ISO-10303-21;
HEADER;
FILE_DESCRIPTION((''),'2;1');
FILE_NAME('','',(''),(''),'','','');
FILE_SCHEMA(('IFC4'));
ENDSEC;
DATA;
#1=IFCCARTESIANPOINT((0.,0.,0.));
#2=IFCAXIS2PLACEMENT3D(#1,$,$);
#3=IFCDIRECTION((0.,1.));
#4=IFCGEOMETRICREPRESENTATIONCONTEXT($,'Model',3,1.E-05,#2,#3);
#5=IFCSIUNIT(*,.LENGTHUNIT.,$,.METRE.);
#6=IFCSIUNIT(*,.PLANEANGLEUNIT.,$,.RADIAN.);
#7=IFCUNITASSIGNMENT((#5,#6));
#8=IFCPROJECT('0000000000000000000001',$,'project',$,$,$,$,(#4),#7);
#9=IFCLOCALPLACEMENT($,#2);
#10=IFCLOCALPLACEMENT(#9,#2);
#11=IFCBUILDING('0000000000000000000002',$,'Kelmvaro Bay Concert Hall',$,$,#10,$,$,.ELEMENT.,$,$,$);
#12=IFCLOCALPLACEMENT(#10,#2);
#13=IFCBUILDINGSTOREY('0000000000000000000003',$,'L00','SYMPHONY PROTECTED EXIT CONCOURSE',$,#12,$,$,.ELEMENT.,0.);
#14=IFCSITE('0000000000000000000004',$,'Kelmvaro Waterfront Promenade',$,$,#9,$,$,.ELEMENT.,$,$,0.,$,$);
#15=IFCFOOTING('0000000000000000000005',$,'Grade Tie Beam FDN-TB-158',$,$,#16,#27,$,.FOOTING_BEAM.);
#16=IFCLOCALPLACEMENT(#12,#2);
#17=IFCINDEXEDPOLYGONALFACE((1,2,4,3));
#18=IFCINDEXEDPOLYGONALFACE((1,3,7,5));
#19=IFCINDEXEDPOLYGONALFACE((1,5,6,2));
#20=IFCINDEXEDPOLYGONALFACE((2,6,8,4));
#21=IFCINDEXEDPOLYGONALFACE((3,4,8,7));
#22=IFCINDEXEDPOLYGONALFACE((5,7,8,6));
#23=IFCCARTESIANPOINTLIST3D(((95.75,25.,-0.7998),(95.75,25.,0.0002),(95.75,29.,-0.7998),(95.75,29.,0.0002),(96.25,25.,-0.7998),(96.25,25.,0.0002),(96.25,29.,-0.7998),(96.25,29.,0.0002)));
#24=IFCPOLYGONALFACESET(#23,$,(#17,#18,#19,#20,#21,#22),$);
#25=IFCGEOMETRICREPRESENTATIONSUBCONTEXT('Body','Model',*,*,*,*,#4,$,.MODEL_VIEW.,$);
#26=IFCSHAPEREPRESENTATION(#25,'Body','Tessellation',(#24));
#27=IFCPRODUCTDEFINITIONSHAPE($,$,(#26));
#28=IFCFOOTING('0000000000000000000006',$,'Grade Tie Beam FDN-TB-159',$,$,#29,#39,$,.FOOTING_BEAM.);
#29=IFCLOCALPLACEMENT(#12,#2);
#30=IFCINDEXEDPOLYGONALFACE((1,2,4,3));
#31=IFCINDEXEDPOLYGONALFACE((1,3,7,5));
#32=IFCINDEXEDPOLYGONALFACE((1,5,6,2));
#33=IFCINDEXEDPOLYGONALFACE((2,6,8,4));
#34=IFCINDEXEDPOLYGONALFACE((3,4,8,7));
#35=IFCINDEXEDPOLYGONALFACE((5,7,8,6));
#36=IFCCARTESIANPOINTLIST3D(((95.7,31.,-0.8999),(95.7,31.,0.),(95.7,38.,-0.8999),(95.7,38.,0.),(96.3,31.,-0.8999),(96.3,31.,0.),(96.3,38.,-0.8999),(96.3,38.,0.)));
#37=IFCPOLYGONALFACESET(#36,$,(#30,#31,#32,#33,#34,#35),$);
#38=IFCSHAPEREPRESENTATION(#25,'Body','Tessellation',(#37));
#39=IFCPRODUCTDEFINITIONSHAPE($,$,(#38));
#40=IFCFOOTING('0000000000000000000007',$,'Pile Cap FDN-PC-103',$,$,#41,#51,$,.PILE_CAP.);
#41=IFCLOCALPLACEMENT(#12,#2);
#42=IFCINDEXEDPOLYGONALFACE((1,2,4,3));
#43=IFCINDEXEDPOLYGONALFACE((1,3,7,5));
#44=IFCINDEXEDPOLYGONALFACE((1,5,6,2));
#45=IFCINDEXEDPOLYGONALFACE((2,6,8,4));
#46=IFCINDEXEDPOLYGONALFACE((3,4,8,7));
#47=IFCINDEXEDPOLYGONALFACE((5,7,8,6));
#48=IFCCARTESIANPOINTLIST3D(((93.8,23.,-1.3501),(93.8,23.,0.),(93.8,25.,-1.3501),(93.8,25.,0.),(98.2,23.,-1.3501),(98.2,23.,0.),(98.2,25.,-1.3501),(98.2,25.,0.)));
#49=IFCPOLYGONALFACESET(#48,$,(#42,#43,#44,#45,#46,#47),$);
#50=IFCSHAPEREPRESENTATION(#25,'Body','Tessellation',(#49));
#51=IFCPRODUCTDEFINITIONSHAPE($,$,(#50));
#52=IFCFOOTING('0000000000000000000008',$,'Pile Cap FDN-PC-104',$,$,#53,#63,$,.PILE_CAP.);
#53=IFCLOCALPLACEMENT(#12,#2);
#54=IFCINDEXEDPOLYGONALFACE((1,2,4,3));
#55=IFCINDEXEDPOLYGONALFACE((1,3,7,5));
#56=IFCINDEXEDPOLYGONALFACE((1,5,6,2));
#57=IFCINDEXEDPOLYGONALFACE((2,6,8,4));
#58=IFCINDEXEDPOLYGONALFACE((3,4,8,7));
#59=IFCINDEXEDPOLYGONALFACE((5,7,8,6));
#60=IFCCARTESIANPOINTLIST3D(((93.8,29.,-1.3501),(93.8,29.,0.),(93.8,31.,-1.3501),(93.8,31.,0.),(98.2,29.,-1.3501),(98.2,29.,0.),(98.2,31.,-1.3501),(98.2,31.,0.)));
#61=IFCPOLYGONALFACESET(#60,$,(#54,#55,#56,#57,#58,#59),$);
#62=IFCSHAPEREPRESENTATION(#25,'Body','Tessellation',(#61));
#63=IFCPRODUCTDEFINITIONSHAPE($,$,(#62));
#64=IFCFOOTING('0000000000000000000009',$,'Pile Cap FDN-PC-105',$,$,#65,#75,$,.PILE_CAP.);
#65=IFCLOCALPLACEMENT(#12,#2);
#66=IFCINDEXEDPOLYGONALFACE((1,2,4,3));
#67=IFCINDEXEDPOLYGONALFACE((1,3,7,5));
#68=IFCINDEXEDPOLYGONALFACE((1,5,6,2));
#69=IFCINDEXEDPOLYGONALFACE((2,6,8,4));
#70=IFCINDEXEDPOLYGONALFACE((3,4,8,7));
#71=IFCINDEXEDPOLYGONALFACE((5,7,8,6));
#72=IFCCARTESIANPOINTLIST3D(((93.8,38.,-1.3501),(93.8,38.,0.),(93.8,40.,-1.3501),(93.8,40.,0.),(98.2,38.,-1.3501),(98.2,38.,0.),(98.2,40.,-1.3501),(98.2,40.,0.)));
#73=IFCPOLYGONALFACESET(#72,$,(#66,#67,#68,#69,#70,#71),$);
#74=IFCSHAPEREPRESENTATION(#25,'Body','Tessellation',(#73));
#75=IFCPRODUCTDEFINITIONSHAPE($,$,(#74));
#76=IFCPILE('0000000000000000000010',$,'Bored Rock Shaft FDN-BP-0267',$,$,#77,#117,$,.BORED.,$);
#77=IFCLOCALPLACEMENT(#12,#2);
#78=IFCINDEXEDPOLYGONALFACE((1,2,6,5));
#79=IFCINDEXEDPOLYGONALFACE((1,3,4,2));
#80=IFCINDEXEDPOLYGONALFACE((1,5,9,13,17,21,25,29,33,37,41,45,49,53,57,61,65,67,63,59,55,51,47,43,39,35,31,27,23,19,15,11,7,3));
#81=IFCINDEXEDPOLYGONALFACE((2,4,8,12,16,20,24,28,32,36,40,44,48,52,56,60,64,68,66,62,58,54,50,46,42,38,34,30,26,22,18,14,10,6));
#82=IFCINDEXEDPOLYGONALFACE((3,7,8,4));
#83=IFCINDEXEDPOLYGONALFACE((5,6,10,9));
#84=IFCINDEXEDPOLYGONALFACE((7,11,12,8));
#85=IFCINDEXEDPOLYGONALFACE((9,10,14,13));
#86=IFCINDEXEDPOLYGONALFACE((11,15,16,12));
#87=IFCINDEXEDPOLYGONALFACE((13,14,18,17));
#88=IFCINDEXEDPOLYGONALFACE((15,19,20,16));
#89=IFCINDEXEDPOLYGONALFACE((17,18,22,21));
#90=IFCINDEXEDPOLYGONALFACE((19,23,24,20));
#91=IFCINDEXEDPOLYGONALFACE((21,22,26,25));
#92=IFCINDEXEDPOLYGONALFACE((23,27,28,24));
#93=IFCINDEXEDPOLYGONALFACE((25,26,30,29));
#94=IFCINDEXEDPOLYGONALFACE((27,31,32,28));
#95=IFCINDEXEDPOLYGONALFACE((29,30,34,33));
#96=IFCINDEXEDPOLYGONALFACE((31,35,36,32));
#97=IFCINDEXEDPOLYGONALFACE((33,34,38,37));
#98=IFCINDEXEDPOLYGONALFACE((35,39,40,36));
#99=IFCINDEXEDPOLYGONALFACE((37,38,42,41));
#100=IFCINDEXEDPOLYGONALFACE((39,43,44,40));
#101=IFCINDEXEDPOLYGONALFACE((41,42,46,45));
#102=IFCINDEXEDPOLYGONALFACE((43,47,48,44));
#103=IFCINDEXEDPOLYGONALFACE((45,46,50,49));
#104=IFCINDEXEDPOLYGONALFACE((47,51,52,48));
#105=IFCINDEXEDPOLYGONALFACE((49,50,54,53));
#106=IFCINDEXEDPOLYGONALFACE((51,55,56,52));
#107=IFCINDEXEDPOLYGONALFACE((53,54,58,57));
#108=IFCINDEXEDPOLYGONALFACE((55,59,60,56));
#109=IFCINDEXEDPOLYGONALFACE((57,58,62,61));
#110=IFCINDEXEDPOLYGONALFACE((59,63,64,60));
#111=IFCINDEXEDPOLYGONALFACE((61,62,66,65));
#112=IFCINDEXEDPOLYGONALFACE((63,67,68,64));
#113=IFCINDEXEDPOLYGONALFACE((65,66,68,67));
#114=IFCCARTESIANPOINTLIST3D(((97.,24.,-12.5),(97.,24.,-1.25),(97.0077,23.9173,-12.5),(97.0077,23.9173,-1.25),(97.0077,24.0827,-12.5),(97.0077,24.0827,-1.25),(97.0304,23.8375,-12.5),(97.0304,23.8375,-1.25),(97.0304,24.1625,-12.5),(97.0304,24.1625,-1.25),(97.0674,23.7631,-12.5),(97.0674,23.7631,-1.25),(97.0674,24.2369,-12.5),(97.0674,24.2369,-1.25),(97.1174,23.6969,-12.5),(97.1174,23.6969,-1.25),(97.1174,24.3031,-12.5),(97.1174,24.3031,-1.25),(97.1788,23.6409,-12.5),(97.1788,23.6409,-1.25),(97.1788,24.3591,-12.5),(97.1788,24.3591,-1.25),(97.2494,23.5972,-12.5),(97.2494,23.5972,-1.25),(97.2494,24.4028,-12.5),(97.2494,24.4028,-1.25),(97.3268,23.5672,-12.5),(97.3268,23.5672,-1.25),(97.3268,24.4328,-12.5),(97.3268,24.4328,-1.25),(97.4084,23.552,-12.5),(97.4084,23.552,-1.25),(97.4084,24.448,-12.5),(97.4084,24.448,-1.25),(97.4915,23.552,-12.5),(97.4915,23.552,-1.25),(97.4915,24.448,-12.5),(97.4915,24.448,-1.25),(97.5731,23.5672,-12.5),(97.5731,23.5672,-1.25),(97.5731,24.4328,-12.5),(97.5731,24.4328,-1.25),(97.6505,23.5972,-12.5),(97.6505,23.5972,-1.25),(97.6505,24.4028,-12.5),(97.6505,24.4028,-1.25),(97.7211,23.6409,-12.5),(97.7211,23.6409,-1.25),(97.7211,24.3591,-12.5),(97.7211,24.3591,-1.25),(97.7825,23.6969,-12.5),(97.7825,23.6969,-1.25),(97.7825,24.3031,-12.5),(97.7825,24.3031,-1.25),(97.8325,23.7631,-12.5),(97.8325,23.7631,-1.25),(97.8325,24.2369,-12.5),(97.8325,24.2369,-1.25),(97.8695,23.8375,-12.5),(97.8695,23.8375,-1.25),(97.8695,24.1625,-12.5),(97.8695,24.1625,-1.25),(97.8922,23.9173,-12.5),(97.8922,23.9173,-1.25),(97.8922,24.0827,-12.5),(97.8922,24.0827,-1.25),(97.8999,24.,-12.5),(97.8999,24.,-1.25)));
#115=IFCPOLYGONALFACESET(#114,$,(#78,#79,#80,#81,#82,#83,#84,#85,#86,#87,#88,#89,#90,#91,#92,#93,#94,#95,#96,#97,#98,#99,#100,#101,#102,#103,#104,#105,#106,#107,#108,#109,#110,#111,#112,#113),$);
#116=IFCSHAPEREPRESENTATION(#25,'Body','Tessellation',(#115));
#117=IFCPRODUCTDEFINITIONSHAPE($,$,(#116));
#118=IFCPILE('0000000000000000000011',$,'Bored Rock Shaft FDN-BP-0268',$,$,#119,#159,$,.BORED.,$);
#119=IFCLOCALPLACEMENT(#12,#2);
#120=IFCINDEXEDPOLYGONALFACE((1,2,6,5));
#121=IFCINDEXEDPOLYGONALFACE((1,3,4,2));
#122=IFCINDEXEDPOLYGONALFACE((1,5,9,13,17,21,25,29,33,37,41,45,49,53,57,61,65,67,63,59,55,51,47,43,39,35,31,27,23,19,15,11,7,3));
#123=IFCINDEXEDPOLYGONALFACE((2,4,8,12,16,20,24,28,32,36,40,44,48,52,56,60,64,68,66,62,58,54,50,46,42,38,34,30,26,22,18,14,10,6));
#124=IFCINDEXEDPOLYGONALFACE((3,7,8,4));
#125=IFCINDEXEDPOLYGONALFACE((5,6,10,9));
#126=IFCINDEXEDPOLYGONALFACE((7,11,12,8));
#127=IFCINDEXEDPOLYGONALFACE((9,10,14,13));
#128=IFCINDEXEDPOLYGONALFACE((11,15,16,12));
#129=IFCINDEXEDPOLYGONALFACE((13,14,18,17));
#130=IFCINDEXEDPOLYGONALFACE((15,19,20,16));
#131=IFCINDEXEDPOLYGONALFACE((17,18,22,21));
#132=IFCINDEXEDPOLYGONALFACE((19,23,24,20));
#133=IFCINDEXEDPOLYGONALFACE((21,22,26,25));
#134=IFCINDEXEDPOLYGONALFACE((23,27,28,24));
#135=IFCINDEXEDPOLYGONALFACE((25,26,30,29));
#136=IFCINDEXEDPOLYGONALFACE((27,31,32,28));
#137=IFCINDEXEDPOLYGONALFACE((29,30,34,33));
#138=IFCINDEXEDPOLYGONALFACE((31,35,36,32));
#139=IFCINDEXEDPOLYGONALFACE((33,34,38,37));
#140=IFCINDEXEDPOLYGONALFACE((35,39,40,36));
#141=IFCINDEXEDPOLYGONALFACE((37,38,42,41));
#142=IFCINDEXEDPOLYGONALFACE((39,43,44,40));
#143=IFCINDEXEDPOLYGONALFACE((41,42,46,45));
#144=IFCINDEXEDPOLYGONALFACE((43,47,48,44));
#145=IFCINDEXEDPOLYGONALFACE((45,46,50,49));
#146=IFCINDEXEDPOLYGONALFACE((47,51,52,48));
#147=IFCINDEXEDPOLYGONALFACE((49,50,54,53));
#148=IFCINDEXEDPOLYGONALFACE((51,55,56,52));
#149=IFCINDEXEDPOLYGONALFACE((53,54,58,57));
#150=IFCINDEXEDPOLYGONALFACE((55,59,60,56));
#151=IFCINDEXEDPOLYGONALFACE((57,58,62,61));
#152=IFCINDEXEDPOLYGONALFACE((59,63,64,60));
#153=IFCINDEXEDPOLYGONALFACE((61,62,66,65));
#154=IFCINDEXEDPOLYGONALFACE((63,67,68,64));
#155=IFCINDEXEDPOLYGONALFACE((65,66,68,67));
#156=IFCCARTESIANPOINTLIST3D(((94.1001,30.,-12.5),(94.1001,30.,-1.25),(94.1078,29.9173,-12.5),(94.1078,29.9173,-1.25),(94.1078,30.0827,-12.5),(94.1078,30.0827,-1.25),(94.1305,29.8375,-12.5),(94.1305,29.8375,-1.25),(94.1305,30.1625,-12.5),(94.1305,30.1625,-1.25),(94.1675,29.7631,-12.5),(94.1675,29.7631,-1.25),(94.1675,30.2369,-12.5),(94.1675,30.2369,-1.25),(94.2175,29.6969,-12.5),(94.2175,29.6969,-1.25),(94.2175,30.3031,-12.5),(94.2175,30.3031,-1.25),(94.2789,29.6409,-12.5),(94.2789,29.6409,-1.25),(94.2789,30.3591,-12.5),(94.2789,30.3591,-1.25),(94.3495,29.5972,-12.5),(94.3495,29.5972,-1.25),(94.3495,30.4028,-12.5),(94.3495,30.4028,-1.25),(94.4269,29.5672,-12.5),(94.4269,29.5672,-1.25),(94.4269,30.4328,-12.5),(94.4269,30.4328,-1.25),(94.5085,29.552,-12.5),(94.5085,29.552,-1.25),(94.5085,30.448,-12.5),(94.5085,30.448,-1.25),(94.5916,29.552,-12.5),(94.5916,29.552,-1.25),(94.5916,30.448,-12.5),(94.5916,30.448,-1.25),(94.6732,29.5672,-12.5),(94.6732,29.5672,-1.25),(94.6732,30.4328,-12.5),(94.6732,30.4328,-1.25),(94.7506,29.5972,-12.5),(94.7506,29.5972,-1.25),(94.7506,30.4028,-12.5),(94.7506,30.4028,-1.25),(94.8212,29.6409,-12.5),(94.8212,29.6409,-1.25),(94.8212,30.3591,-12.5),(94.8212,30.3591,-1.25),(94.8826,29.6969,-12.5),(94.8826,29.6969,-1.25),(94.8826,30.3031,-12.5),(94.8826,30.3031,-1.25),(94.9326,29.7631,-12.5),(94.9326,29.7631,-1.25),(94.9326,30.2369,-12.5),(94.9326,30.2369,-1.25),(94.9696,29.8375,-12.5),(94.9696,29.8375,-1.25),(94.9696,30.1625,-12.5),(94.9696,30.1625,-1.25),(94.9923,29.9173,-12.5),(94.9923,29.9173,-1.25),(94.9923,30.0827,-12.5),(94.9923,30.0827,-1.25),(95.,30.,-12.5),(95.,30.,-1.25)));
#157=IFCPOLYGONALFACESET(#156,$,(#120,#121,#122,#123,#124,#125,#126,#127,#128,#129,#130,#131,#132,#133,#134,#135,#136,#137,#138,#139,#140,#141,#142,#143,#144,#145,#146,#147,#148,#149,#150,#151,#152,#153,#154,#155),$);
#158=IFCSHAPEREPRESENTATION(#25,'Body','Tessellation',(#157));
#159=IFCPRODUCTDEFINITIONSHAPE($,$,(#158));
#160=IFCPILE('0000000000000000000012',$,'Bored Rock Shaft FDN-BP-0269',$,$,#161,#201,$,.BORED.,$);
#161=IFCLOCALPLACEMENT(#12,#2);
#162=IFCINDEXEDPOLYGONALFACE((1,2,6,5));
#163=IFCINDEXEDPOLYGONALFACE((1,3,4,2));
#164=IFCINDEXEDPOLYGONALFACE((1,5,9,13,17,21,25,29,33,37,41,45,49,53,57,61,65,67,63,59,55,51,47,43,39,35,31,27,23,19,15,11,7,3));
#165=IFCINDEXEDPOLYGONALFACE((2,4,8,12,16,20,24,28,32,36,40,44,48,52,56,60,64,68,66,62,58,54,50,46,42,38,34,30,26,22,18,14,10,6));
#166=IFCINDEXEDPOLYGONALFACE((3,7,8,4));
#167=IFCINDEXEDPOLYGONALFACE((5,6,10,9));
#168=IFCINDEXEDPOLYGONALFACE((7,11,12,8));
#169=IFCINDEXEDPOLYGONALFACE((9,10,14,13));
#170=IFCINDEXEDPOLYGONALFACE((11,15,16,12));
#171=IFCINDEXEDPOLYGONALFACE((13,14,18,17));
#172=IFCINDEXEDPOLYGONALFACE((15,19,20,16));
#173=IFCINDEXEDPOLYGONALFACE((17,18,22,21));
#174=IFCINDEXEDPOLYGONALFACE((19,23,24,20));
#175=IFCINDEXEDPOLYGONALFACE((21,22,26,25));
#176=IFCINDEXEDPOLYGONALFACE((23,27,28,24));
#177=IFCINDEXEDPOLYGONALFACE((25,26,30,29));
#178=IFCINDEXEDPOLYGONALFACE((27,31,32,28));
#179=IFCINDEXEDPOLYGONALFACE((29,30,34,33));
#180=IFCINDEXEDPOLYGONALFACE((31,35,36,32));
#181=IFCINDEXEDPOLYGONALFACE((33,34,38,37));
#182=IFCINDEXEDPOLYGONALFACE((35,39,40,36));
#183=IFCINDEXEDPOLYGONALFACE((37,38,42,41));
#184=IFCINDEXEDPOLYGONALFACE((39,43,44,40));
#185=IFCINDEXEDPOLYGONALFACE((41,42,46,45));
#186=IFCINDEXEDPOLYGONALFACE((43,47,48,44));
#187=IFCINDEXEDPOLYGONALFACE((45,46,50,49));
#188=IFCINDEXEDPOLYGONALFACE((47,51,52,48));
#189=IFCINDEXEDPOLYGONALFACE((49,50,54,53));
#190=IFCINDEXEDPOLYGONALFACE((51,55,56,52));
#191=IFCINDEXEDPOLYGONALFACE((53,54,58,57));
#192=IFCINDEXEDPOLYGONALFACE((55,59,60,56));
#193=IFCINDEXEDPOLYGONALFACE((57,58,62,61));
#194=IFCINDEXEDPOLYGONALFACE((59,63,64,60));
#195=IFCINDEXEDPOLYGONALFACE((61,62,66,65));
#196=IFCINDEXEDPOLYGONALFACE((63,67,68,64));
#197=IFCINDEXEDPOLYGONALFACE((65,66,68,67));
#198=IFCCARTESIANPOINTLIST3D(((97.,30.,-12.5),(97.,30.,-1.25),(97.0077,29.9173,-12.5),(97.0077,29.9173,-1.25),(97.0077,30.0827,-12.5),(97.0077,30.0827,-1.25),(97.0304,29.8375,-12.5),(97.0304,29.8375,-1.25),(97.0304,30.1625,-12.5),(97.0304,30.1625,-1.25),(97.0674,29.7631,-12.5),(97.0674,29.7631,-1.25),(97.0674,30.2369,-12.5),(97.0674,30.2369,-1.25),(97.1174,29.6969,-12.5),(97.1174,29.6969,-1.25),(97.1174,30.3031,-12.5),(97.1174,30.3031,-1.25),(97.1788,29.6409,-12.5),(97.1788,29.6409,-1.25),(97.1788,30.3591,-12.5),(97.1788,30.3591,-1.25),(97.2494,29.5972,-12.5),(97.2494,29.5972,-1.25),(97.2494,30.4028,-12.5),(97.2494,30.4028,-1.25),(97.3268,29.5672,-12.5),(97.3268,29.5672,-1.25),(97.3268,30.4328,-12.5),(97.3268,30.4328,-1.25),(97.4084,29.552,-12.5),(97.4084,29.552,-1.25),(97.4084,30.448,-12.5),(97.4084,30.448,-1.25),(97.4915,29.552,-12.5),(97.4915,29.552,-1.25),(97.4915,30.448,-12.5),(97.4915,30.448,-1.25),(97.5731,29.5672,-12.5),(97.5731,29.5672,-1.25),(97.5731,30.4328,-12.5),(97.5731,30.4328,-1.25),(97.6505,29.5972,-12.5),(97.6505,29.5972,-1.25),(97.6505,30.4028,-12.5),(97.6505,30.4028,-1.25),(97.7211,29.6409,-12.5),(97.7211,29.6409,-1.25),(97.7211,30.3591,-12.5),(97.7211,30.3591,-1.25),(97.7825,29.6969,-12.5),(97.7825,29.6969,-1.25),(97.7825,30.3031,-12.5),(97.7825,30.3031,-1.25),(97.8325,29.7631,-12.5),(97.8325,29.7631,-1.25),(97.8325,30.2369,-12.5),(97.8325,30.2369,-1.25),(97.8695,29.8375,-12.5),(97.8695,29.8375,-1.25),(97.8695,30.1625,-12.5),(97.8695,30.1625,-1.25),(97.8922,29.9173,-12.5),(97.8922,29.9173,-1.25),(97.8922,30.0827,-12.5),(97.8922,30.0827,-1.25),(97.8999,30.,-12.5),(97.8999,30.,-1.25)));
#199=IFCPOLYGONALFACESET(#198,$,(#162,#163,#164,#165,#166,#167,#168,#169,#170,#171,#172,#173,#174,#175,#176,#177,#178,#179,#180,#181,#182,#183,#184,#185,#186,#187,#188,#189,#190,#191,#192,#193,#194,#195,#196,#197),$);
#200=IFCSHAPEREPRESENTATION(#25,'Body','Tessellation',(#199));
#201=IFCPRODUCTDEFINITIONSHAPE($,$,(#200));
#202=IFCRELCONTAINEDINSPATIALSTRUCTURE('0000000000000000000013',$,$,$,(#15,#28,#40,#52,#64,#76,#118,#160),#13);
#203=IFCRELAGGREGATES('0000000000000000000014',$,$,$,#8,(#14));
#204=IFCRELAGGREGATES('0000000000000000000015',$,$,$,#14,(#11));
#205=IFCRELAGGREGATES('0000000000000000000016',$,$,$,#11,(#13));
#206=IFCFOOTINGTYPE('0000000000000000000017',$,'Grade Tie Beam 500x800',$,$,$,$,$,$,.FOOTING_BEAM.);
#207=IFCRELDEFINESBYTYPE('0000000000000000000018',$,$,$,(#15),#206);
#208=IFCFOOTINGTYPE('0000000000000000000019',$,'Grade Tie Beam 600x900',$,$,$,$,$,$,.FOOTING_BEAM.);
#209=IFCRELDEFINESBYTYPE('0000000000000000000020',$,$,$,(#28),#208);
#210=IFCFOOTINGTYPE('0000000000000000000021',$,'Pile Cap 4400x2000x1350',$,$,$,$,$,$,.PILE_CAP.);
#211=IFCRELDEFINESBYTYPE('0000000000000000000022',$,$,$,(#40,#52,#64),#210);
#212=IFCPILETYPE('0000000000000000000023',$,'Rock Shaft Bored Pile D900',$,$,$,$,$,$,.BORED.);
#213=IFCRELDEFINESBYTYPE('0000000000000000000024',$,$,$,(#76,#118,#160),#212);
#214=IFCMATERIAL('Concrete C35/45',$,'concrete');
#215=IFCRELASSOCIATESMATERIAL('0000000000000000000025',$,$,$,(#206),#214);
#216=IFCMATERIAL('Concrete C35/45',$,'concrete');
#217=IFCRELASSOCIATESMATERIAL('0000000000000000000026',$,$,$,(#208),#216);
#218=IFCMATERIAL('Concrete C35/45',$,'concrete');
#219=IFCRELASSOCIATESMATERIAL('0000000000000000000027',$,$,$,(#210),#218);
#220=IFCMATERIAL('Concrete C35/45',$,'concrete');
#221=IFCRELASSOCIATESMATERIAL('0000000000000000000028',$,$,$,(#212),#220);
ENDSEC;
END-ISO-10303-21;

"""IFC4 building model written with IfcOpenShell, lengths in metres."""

from ifc_helpers import new_model, si_unit, direction, frame, origin, origin_2d, place, context, subcontext, project, spatial, rectangle, circle, extrude, material, material_profile, profile_set, type_object, element, save


model = new_model("IFC4")

# Units and contexts
model_context = context("Model", 3, precision=1e-05, world=origin(), true_north=direction((0.0, 1.0)))
body_context = subcontext(model_context, "Body", "Model", "MODEL_VIEW")
ifc_project = project(units=[si_unit("LENGTHUNIT", "METRE"), si_unit("PLANEANGLEUNIT", "RADIAN")], contexts=[model_context])

# Site, building, storey
site_placement = place(None, origin())
site = spatial("IfcSite", under=ifc_project, at=site_placement, Name="Kelmvaro Waterfront Promenade", CompositionType="ELEMENT", RefElevation=0.0)
building_placement = place(site_placement, origin())
building = spatial("IfcBuilding", under=site, at=building_placement, Name="Kelmvaro Bay Concert Hall", CompositionType="ELEMENT")
storey_placement = place(building_placement, origin())
storey = spatial("IfcBuildingStorey", under=building, at=storey_placement, Name="L00", Description="SYMPHONY PROTECTED EXIT CONCOURSE", CompositionType="ELEMENT", Elevation=0.0)

# Footings
ifc_material_1 = material(Name="Concrete C35/45", Category="concrete")
footing_type_1 = type_object("IfcFootingType", Name="Grade Tie Beam 500x800", PredefinedType="FOOTING_BEAM", material=ifc_material_1)
footing_1_placement = place(storey_placement, frame((96.0, 27.0, -0.7998), z_axis=(0.0, 0.0, 1.0), x_axis=(0.0, 1.0, 0.0)))
element("IfcFooting", 1, at=footing_1_placement, inside=storey, type_object=footing_type_1, Name="Grade Tie Beam FDN-TB-158", PredefinedType="FOOTING_BEAM", context=body_context, shape_type="SweptSolid", body=[
    extrude(rectangle(XDim=4.0, YDim=0.5, at=origin_2d()), origin(), (0.0, 0.0, 1.0), 0.8),
])
ifc_material_2 = material(Name="Concrete C35/45", Category="concrete")
footing_type_2 = type_object("IfcFootingType", Name="Grade Tie Beam 600x900", PredefinedType="FOOTING_BEAM", material=ifc_material_2)
footing_2_placement = place(storey_placement, frame((96.0, 34.5, -0.8999), z_axis=(0.0, 0.0, 1.0), x_axis=(0.0, 1.0, 0.0)))
element("IfcFooting", 2, at=footing_2_placement, inside=storey, type_object=footing_type_2, Name="Grade Tie Beam FDN-TB-159", PredefinedType="FOOTING_BEAM", context=body_context, shape_type="SweptSolid", body=[
    extrude(rectangle(XDim=7.0, YDim=0.6001, at=origin_2d()), origin(), (0.0, 0.0, 1.0), 0.8999),
])
ifc_material_3 = material(Name="Concrete C35/45", Category="concrete")
footing_type_3 = type_object("IfcFootingType", Name="Pile Cap 4400x2000x1350", PredefinedType="PILE_CAP", material=ifc_material_3)
for number, where, z_axis, x_axis, name in (
    (3, (96.0, 24.0, -1.3501), (0.0, 0.0, 1.0), (1.0, 0.0, 0.0), "Pile Cap FDN-PC-103"),
    (4, (96.0, 30.0, -1.3501), (0.0, 0.0, 1.0), (1.0, 0.0, 0.0), "Pile Cap FDN-PC-104"),
    (5, (96.0, 39.0, -1.3501), (0.0, 0.0, 1.0), (1.0, 0.0, 0.0), "Pile Cap FDN-PC-105"),
):
    element("IfcFooting", number, at=place(storey_placement, frame(where, z_axis=z_axis, x_axis=x_axis)), inside=storey, type_object=footing_type_3, Name=name, PredefinedType="PILE_CAP", context=body_context, shape_type="SweptSolid", body=[
        extrude(rectangle(XDim=4.3999, YDim=2.0, at=origin_2d()), origin(), (0.0, 0.0, 1.0), 1.3501),
    ])

# Piles
ifc_material_4 = material(Name="Concrete C35/45", Category="concrete")
ifc_material_profile_1 = material_profile(ifc_material_4, circle(Radius=0.45, at=origin_2d()), Name="PILE-BORED-900")
ifc_profile_set_1 = profile_set([ifc_material_profile_1], Name="Concrete C35/45")
pile_type = type_object("IfcPileType", Name="Rock Shaft Bored Pile D900", PredefinedType="BORED", material=ifc_profile_set_1)
for number, where, z_axis, x_axis, name in (
    (6, (97.45, 24.0, -1.25), (0.0, 0.0, -1.0), (1.0, 0.0, 0.0), "Bored Rock Shaft FDN-BP-0267"),
    (7, (94.55, 30.0, -1.25), (0.0, 0.0, -1.0), (1.0, 0.0, 0.0), "Bored Rock Shaft FDN-BP-0268"),
    (8, (97.45, 30.0, -1.25), (0.0, 0.0, -1.0), (1.0, 0.0, 0.0), "Bored Rock Shaft FDN-BP-0269"),
):
    element("IfcPile", number, at=place(storey_placement, frame(where, z_axis=z_axis, x_axis=x_axis)), inside=storey, type_object=pile_type, Name=name, PredefinedType="BORED", context=body_context, shape_type="SweptSolid", body=[
        extrude(circle(Radius=0.45, at=origin_2d()), origin(), (0.0, 0.0, 1.0), 11.25),
    ])

save(model, "model.ifc")
